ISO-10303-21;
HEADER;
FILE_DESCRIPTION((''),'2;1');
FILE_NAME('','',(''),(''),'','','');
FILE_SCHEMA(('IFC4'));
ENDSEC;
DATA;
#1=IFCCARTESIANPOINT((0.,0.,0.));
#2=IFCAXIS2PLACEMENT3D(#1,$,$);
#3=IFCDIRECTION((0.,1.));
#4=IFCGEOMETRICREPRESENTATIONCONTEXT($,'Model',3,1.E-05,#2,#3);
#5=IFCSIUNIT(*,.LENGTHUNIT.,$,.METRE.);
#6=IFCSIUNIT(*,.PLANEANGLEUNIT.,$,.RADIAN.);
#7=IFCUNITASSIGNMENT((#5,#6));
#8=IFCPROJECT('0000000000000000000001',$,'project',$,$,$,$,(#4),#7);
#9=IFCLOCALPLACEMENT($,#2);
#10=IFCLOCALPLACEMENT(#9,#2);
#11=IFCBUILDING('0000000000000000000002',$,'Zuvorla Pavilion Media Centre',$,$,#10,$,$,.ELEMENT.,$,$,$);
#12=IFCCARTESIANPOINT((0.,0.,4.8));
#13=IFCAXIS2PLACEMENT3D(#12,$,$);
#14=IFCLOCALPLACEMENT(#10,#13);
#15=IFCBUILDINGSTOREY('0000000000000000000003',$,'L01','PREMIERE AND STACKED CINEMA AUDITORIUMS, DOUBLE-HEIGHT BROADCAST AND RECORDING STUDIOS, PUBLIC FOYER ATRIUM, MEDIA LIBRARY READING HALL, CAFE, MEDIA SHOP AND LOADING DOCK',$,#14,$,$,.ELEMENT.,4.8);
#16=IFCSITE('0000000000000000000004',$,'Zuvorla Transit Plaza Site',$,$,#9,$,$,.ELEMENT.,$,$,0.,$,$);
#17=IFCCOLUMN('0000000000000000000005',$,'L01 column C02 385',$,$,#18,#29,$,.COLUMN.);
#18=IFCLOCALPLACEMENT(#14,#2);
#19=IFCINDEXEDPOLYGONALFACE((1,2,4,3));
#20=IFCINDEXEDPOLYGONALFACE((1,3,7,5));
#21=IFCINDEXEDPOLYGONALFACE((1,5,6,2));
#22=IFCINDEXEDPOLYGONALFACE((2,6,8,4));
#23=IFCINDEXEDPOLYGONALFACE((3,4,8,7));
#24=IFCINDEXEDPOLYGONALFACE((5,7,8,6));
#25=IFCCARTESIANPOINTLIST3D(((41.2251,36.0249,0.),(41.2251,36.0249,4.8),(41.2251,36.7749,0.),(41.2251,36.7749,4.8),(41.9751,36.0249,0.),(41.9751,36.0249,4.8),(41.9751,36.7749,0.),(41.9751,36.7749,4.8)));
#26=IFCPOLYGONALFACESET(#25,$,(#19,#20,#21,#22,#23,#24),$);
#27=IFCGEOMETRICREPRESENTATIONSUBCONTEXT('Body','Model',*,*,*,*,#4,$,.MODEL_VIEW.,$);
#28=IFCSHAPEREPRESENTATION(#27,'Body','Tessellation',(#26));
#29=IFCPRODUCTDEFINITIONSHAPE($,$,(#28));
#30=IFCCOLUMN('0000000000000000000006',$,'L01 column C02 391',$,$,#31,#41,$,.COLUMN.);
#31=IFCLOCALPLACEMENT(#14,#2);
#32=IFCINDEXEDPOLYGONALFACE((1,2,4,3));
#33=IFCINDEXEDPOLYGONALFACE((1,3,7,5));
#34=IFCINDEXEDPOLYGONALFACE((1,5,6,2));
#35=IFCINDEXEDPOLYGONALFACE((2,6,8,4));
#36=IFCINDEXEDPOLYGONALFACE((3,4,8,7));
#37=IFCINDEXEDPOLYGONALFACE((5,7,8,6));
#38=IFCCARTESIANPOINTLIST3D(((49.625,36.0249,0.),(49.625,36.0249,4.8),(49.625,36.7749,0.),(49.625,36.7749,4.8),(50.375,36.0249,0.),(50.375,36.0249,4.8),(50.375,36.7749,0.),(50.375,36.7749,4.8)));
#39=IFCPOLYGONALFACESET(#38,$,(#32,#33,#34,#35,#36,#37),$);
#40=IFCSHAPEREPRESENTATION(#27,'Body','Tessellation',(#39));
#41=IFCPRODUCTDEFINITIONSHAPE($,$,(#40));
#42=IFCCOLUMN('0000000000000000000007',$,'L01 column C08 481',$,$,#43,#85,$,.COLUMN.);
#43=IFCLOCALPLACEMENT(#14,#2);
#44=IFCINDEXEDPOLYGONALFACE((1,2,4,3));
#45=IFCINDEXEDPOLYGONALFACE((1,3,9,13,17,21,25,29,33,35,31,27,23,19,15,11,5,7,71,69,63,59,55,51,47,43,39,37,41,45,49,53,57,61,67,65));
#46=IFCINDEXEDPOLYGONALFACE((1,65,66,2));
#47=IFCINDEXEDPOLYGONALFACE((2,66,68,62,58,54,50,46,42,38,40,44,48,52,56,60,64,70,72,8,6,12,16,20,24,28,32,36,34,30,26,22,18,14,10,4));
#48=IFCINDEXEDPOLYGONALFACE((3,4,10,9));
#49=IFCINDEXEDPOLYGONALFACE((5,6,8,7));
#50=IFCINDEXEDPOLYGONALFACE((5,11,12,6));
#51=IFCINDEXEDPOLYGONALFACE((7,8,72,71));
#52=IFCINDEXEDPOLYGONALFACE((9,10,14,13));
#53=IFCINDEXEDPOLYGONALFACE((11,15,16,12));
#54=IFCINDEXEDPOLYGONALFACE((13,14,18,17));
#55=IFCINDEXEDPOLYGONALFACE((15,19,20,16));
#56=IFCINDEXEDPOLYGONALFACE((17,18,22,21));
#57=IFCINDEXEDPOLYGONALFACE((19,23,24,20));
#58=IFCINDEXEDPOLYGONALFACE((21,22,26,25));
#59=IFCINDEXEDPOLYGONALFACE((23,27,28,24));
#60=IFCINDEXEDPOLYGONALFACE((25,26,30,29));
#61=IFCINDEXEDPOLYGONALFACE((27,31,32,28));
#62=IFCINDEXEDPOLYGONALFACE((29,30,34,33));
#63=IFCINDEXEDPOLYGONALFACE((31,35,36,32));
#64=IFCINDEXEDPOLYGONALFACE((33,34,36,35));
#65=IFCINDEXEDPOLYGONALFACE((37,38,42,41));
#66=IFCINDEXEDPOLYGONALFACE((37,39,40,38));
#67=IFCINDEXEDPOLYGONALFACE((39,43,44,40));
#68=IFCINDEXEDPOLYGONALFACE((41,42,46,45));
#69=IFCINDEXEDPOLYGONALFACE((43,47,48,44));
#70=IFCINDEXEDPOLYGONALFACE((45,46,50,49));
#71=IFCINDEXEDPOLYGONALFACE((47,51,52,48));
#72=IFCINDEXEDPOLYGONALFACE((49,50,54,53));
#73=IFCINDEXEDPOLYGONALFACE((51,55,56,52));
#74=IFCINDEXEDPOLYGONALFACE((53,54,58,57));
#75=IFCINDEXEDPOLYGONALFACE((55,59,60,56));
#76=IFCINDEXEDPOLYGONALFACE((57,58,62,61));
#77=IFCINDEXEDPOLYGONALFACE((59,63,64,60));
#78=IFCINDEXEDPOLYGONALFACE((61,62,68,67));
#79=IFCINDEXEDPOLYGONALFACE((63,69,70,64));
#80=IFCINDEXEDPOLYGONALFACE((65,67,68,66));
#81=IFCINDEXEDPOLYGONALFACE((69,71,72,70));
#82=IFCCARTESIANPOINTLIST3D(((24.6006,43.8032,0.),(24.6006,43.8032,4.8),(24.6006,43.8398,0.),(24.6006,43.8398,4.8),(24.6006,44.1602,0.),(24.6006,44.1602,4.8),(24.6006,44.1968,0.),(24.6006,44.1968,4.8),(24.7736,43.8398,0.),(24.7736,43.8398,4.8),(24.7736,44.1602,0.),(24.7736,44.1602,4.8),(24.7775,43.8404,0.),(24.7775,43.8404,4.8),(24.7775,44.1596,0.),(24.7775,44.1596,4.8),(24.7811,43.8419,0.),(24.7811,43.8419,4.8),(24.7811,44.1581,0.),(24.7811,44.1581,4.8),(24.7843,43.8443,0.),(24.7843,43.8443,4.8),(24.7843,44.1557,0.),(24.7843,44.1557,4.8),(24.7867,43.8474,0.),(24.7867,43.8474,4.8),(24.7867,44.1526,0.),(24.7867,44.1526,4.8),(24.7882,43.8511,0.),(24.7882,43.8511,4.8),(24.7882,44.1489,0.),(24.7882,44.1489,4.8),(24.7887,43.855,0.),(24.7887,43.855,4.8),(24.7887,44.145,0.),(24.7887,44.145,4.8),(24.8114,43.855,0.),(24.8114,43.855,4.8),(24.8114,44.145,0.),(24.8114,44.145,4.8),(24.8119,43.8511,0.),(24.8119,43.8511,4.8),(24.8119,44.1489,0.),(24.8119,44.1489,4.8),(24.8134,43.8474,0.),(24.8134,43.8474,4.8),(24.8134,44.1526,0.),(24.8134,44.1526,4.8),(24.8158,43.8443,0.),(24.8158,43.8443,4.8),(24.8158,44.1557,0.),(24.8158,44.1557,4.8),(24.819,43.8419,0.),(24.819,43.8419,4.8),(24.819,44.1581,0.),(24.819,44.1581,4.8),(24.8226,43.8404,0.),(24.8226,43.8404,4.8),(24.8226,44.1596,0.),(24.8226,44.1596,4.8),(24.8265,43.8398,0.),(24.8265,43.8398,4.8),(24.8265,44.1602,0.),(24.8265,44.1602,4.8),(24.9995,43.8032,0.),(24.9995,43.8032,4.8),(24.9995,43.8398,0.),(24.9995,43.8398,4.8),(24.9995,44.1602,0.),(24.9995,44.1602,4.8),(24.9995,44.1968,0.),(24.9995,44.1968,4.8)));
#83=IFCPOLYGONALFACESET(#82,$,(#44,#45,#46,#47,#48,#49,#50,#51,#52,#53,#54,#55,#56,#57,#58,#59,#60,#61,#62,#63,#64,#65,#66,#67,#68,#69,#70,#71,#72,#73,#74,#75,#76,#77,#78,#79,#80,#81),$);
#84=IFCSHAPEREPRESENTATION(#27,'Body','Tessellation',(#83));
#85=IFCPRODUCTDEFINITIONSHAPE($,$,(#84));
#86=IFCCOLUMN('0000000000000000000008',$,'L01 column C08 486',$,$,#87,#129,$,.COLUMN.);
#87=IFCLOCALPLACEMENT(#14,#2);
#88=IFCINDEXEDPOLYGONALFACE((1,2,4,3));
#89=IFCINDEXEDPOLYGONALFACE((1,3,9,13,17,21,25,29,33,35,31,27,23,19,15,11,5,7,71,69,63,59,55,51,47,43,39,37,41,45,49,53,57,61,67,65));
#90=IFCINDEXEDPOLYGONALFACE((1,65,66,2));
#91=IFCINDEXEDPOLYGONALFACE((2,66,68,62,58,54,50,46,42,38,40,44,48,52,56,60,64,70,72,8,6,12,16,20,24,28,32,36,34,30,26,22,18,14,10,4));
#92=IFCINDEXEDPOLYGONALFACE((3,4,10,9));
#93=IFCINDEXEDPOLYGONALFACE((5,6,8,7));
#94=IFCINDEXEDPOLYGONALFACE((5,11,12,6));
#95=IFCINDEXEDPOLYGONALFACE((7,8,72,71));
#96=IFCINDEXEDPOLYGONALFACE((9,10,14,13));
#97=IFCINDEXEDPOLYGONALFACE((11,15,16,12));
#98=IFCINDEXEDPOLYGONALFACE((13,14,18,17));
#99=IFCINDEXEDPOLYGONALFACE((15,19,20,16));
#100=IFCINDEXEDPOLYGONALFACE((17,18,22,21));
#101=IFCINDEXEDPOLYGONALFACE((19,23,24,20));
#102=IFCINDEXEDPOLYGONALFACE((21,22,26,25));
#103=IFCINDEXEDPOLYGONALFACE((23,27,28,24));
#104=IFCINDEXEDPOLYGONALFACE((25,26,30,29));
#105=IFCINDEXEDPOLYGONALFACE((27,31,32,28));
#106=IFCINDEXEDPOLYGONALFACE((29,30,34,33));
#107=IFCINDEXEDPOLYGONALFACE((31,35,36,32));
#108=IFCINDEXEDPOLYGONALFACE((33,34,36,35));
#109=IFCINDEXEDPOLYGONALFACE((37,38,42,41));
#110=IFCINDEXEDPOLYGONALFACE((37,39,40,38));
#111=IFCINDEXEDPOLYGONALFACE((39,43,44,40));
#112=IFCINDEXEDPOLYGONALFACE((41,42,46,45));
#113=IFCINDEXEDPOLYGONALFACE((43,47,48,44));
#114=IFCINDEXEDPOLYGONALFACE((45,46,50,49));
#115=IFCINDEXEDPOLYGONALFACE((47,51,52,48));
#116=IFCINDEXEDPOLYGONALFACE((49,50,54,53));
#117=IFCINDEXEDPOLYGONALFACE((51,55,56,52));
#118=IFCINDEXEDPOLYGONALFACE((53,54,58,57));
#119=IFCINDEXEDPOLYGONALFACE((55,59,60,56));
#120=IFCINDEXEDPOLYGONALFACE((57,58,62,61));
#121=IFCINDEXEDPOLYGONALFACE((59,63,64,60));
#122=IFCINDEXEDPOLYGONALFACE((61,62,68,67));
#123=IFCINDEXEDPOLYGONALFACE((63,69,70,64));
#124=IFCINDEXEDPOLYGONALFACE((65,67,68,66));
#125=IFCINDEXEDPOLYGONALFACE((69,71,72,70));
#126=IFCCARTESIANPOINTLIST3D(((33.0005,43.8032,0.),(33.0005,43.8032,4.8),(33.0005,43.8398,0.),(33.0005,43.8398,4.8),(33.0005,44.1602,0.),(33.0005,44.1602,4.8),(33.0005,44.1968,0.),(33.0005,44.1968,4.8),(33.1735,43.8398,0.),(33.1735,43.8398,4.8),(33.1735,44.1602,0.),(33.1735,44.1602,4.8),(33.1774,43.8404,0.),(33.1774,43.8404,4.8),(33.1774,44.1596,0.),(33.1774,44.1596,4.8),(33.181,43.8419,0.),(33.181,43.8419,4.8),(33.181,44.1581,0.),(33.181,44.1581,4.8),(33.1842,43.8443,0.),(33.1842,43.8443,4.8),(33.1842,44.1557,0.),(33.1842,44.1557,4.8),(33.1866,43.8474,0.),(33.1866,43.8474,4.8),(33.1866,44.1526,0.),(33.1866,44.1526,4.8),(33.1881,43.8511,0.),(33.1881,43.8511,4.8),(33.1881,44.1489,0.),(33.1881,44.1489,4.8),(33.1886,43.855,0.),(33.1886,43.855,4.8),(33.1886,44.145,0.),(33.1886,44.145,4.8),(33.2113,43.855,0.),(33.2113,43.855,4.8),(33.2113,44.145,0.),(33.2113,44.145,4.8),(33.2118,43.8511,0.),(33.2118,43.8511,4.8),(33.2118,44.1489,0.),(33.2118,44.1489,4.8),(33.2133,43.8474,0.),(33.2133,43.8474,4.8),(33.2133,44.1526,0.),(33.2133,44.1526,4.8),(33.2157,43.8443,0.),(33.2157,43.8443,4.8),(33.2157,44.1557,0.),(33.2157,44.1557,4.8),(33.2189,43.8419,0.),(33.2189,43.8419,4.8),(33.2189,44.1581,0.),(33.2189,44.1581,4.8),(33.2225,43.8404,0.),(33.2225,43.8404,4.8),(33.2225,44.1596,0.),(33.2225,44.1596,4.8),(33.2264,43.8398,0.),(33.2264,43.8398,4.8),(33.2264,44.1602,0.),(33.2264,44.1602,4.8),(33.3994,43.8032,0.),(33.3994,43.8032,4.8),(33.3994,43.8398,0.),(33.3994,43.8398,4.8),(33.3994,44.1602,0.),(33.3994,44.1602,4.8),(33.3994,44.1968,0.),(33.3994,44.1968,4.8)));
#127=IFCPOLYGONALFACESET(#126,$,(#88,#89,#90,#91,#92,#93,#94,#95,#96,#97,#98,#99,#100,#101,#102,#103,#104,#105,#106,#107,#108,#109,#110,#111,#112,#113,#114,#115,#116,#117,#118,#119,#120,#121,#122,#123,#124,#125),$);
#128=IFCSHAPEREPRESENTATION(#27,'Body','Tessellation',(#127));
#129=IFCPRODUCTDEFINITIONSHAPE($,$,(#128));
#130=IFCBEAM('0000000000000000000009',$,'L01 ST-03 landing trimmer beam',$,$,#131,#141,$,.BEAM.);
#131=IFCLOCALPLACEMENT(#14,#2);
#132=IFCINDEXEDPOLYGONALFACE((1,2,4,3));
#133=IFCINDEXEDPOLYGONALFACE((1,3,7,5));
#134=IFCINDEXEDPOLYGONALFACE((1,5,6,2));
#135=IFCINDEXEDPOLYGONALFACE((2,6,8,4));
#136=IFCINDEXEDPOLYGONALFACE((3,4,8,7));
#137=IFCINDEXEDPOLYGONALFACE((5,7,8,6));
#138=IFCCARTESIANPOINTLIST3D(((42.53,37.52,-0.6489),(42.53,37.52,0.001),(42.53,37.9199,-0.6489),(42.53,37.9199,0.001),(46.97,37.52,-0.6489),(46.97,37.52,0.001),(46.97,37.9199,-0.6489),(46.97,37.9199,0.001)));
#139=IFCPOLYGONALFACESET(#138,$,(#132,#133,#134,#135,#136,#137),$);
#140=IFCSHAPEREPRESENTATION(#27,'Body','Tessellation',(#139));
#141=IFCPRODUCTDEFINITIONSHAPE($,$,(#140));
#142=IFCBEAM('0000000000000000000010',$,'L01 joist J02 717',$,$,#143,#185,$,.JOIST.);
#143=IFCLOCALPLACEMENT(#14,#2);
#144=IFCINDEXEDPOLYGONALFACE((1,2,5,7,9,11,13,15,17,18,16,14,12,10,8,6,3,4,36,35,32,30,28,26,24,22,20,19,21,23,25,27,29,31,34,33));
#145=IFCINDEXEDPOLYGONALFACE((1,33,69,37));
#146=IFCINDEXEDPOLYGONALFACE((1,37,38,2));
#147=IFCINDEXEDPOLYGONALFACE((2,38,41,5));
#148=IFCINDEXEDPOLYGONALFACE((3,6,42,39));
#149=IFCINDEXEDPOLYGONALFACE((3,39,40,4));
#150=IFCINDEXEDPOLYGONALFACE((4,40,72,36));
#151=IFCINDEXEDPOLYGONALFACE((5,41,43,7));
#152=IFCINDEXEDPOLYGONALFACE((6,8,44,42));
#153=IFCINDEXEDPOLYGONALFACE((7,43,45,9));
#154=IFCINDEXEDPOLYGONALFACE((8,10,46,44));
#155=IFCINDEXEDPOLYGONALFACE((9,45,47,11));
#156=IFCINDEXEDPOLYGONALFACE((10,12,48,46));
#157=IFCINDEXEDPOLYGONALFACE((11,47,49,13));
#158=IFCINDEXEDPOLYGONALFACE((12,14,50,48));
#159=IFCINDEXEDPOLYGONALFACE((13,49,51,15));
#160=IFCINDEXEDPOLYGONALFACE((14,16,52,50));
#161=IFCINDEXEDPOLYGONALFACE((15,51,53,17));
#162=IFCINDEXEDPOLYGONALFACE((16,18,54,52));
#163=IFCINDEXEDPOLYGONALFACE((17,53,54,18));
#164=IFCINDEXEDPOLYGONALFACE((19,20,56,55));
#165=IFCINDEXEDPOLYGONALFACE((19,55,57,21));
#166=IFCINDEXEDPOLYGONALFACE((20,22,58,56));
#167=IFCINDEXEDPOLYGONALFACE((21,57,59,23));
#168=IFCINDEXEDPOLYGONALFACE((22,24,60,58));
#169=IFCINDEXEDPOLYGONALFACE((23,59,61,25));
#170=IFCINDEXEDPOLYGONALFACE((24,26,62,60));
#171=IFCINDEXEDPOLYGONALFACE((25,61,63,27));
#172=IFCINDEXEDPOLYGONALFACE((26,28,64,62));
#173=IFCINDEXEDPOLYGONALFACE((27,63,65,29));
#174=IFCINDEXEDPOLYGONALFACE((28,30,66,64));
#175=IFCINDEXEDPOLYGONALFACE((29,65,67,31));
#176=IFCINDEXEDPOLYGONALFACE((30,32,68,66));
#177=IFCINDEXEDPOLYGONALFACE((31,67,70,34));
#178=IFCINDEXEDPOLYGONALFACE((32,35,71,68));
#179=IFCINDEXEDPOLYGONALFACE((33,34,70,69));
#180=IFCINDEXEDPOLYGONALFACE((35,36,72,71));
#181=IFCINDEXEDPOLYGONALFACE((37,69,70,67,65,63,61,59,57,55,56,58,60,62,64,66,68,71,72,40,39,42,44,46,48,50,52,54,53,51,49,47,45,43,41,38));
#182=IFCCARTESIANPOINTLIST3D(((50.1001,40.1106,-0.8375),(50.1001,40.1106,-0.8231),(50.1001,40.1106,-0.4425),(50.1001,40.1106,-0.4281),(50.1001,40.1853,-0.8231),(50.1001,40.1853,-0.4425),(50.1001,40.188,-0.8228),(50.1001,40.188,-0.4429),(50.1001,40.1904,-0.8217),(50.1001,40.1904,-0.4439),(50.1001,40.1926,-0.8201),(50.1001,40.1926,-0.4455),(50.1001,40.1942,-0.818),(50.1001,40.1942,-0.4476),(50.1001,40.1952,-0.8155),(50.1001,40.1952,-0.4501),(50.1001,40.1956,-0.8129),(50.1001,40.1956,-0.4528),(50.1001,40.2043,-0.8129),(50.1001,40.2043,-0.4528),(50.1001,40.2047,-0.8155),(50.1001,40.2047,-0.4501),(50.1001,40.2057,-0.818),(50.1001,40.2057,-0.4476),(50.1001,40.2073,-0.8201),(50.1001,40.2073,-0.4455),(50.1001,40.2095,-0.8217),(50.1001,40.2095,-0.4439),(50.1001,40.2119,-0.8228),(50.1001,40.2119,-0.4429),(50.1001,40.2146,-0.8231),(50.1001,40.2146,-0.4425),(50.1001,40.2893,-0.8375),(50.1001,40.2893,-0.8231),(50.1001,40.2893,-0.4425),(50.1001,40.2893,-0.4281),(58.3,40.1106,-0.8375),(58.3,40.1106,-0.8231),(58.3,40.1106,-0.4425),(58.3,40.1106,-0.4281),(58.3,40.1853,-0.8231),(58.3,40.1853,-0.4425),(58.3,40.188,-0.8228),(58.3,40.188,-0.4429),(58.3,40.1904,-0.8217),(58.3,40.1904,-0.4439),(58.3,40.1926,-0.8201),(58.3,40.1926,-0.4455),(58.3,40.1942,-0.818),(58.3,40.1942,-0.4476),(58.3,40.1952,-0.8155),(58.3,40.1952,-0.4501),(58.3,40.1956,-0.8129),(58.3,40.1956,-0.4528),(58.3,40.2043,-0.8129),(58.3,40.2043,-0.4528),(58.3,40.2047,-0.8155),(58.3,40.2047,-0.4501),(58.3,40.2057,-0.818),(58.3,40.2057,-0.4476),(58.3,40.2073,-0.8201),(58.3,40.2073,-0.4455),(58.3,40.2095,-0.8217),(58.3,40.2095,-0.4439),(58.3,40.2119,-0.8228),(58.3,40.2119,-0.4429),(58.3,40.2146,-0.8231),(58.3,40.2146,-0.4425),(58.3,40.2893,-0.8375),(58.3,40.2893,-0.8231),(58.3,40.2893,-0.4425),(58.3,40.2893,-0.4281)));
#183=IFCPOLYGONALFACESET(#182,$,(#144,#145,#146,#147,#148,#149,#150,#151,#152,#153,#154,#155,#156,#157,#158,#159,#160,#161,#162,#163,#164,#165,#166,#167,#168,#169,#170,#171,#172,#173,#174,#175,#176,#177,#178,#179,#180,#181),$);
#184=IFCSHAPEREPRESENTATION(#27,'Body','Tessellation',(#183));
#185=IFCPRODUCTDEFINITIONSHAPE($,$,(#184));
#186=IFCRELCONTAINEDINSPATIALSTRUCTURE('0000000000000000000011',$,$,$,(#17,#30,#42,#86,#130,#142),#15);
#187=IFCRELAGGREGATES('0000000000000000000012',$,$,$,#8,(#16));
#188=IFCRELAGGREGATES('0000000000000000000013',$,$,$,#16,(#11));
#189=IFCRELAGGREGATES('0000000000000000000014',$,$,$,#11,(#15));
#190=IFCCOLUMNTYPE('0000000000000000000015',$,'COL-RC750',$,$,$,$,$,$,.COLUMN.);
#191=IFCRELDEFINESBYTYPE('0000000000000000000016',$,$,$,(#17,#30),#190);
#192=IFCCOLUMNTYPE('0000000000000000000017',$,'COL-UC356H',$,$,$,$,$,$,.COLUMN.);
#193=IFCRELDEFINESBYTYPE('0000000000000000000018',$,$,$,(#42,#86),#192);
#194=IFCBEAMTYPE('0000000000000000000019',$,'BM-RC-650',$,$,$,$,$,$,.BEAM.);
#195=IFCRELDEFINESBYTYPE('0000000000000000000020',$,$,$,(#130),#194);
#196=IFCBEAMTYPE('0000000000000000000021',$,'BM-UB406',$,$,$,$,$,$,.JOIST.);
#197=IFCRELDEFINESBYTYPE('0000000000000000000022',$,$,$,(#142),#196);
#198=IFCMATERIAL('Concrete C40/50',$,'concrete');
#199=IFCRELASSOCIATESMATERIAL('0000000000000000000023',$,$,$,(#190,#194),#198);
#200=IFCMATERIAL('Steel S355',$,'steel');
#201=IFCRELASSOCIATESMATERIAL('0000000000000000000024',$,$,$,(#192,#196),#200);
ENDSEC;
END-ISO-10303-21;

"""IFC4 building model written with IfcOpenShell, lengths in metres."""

from ifc_helpers import new_model, si_unit, direction, frame, origin, origin_2d, place, context, subcontext, project, spatial, rectangle, i_section, extrude, material, material_profile, profile_set, type_object, element, save


model = new_model("IFC4")

# Units and contexts
model_context = context("Model", 3, precision=1e-05, world=origin(), true_north=direction((0.0, 1.0)))
body_context = subcontext(model_context, "Body", "Model", "MODEL_VIEW")
ifc_project = project(units=[si_unit("LENGTHUNIT", "METRE"), si_unit("PLANEANGLEUNIT", "RADIAN")], contexts=[model_context])

# Site, building, storey
site_placement = place(None, origin())
site = spatial("IfcSite", under=ifc_project, at=site_placement, Name="Zuvorla Transit Plaza Site", CompositionType="ELEMENT", RefElevation=0.0)
building_placement = place(site_placement, origin())
building = spatial("IfcBuilding", under=site, at=building_placement, Name="Zuvorla Pavilion Media Centre", CompositionType="ELEMENT")
storey_placement = place(building_placement, frame((0.0, 0.0, 4.8)))
storey = spatial("IfcBuildingStorey", under=building, at=storey_placement, Name="L01", Description="PREMIERE AND STACKED CINEMA AUDITORIUMS, DOUBLE-HEIGHT BROADCAST AND RECORDING STUDIOS, PUBLIC FOYER ATRIUM, MEDIA LIBRARY READING HALL, CAFE, MEDIA SHOP AND LOADING DOCK", CompositionType="ELEMENT", Elevation=4.8)

# Columns
ifc_material_1 = material(Name="Concrete C40/50", Category="concrete")
ifc_material_profile_1 = material_profile(ifc_material_1, rectangle(XDim=0.75, YDim=0.75, at=origin_2d()), Name="RC 750x750")
ifc_profile_set_1 = profile_set([ifc_material_profile_1], Name="Concrete C40/50")
column_type_1 = type_object("IfcColumnType", Name="COL-RC750", PredefinedType="COLUMN", material=ifc_profile_set_1)
for number, where, z_axis, x_axis, name in (
    (1, (41.6001, 36.3999, 0.0), (0.0, 0.0, 1.0), (1.0, 0.0, 0.0), "L01 column C02 385"),
    (2, (50.0, 36.3999, 0.0), (0.0, 0.0, 1.0), (1.0, 0.0, 0.0), "L01 column C02 391"),
):
    element("IfcColumn", number, at=place(storey_placement, frame(where, z_axis=z_axis, x_axis=x_axis)), inside=storey, type_object=column_type_1, Name=name, PredefinedType="COLUMN", context=body_context, shape_type="SweptSolid", body=[
        extrude(rectangle(XDim=0.75, YDim=0.75, at=origin_2d()), origin(), (0.0, 0.0, 1.0), 4.8),
    ])
ifc_material_2 = material(Name="Steel S355", Category="steel")
ifc_material_profile_2 = material_profile(ifc_material_2, i_section(OverallWidth=0.3989, OverallDepth=0.3936, WebThickness=0.0227, FlangeThickness=0.0366, FilletRadius=0.0151, at=origin_2d()), Name="UC 356x406x287")
ifc_profile_set_2 = profile_set([ifc_material_profile_2], Name="Steel S355")
column_type_2 = type_object("IfcColumnType", Name="COL-UC356H", PredefinedType="COLUMN", material=ifc_profile_set_2)
for number, where, z_axis, x_axis, name in (
    (3, (24.8, 44.0, 0.0), (0.0, 0.0, 1.0), (1.0, 0.0, 0.0), "L01 column C08 481"),
    (4, (33.2, 44.0, 0.0), (0.0, 0.0, 1.0), (1.0, 0.0, 0.0), "L01 column C08 486"),
):
    element("IfcColumn", number, at=place(storey_placement, frame(where, z_axis=z_axis, x_axis=x_axis)), inside=storey, type_object=column_type_2, Name=name, PredefinedType="COLUMN", context=body_context, shape_type="SweptSolid", body=[
        extrude(i_section(OverallWidth=0.3989, OverallDepth=0.3936, WebThickness=0.0227, FlangeThickness=0.0366, FilletRadius=0.0151, at=origin_2d()), origin(), (0.0, 0.0, 1.0), 4.8),
    ])

# Beams
ifc_material_profile_3 = material_profile(ifc_material_1, rectangle(XDim=0.3999, YDim=0.6499, at=origin_2d()), Name="RC 400x650")
ifc_profile_set_3 = profile_set([ifc_material_profile_3], Name="Concrete C40/50")
beam_type_1 = type_object("IfcBeamType", Name="BM-RC-650", PredefinedType="BEAM", material=ifc_profile_set_3)
beam_1_placement = place(storey_placement, frame((42.53, 37.72, -0.324), z_axis=(1.0, 0.0, 0.0), x_axis=(0.0, 1.0, 0.0)))
element("IfcBeam", 5, at=beam_1_placement, inside=storey, type_object=beam_type_1, Name="L01 ST-03 landing trimmer beam", PredefinedType="BEAM", context=body_context, shape_type="SweptSolid", body=[
    extrude(rectangle(XDim=0.3999, YDim=0.6499, at=origin_2d()), origin(), (0.0, 0.0, 1.0), 4.4399),
])
ifc_material_profile_4 = material_profile(ifc_material_2, i_section(OverallWidth=0.1787, OverallDepth=0.4094, WebThickness=0.0088, FlangeThickness=0.0144, FilletRadius=0.0103, at=origin_2d()), Name="UB 406x178x67")
ifc_profile_set_4 = profile_set([ifc_material_profile_4], Name="Steel S355")
beam_type_2 = type_object("IfcBeamType", Name="BM-UB406", PredefinedType="JOIST", material=ifc_profile_set_4)
beam_2_placement = place(storey_placement, frame((50.1001, 40.2, -0.6328), z_axis=(1.0, 0.0, 0.0), x_axis=(0.0, 1.0, 0.0)))
element("IfcBeam", 6, at=beam_2_placement, inside=storey, type_object=beam_type_2, Name="L01 joist J02 717", PredefinedType="JOIST", context=body_context, shape_type="SweptSolid", body=[
    extrude(i_section(OverallWidth=0.1787, OverallDepth=0.4094, WebThickness=0.0088, FlangeThickness=0.0144, FilletRadius=0.0103, at=origin_2d()), origin(), (0.0, 0.0, 1.0), 8.2),
])

save(model, "model.ifc")
